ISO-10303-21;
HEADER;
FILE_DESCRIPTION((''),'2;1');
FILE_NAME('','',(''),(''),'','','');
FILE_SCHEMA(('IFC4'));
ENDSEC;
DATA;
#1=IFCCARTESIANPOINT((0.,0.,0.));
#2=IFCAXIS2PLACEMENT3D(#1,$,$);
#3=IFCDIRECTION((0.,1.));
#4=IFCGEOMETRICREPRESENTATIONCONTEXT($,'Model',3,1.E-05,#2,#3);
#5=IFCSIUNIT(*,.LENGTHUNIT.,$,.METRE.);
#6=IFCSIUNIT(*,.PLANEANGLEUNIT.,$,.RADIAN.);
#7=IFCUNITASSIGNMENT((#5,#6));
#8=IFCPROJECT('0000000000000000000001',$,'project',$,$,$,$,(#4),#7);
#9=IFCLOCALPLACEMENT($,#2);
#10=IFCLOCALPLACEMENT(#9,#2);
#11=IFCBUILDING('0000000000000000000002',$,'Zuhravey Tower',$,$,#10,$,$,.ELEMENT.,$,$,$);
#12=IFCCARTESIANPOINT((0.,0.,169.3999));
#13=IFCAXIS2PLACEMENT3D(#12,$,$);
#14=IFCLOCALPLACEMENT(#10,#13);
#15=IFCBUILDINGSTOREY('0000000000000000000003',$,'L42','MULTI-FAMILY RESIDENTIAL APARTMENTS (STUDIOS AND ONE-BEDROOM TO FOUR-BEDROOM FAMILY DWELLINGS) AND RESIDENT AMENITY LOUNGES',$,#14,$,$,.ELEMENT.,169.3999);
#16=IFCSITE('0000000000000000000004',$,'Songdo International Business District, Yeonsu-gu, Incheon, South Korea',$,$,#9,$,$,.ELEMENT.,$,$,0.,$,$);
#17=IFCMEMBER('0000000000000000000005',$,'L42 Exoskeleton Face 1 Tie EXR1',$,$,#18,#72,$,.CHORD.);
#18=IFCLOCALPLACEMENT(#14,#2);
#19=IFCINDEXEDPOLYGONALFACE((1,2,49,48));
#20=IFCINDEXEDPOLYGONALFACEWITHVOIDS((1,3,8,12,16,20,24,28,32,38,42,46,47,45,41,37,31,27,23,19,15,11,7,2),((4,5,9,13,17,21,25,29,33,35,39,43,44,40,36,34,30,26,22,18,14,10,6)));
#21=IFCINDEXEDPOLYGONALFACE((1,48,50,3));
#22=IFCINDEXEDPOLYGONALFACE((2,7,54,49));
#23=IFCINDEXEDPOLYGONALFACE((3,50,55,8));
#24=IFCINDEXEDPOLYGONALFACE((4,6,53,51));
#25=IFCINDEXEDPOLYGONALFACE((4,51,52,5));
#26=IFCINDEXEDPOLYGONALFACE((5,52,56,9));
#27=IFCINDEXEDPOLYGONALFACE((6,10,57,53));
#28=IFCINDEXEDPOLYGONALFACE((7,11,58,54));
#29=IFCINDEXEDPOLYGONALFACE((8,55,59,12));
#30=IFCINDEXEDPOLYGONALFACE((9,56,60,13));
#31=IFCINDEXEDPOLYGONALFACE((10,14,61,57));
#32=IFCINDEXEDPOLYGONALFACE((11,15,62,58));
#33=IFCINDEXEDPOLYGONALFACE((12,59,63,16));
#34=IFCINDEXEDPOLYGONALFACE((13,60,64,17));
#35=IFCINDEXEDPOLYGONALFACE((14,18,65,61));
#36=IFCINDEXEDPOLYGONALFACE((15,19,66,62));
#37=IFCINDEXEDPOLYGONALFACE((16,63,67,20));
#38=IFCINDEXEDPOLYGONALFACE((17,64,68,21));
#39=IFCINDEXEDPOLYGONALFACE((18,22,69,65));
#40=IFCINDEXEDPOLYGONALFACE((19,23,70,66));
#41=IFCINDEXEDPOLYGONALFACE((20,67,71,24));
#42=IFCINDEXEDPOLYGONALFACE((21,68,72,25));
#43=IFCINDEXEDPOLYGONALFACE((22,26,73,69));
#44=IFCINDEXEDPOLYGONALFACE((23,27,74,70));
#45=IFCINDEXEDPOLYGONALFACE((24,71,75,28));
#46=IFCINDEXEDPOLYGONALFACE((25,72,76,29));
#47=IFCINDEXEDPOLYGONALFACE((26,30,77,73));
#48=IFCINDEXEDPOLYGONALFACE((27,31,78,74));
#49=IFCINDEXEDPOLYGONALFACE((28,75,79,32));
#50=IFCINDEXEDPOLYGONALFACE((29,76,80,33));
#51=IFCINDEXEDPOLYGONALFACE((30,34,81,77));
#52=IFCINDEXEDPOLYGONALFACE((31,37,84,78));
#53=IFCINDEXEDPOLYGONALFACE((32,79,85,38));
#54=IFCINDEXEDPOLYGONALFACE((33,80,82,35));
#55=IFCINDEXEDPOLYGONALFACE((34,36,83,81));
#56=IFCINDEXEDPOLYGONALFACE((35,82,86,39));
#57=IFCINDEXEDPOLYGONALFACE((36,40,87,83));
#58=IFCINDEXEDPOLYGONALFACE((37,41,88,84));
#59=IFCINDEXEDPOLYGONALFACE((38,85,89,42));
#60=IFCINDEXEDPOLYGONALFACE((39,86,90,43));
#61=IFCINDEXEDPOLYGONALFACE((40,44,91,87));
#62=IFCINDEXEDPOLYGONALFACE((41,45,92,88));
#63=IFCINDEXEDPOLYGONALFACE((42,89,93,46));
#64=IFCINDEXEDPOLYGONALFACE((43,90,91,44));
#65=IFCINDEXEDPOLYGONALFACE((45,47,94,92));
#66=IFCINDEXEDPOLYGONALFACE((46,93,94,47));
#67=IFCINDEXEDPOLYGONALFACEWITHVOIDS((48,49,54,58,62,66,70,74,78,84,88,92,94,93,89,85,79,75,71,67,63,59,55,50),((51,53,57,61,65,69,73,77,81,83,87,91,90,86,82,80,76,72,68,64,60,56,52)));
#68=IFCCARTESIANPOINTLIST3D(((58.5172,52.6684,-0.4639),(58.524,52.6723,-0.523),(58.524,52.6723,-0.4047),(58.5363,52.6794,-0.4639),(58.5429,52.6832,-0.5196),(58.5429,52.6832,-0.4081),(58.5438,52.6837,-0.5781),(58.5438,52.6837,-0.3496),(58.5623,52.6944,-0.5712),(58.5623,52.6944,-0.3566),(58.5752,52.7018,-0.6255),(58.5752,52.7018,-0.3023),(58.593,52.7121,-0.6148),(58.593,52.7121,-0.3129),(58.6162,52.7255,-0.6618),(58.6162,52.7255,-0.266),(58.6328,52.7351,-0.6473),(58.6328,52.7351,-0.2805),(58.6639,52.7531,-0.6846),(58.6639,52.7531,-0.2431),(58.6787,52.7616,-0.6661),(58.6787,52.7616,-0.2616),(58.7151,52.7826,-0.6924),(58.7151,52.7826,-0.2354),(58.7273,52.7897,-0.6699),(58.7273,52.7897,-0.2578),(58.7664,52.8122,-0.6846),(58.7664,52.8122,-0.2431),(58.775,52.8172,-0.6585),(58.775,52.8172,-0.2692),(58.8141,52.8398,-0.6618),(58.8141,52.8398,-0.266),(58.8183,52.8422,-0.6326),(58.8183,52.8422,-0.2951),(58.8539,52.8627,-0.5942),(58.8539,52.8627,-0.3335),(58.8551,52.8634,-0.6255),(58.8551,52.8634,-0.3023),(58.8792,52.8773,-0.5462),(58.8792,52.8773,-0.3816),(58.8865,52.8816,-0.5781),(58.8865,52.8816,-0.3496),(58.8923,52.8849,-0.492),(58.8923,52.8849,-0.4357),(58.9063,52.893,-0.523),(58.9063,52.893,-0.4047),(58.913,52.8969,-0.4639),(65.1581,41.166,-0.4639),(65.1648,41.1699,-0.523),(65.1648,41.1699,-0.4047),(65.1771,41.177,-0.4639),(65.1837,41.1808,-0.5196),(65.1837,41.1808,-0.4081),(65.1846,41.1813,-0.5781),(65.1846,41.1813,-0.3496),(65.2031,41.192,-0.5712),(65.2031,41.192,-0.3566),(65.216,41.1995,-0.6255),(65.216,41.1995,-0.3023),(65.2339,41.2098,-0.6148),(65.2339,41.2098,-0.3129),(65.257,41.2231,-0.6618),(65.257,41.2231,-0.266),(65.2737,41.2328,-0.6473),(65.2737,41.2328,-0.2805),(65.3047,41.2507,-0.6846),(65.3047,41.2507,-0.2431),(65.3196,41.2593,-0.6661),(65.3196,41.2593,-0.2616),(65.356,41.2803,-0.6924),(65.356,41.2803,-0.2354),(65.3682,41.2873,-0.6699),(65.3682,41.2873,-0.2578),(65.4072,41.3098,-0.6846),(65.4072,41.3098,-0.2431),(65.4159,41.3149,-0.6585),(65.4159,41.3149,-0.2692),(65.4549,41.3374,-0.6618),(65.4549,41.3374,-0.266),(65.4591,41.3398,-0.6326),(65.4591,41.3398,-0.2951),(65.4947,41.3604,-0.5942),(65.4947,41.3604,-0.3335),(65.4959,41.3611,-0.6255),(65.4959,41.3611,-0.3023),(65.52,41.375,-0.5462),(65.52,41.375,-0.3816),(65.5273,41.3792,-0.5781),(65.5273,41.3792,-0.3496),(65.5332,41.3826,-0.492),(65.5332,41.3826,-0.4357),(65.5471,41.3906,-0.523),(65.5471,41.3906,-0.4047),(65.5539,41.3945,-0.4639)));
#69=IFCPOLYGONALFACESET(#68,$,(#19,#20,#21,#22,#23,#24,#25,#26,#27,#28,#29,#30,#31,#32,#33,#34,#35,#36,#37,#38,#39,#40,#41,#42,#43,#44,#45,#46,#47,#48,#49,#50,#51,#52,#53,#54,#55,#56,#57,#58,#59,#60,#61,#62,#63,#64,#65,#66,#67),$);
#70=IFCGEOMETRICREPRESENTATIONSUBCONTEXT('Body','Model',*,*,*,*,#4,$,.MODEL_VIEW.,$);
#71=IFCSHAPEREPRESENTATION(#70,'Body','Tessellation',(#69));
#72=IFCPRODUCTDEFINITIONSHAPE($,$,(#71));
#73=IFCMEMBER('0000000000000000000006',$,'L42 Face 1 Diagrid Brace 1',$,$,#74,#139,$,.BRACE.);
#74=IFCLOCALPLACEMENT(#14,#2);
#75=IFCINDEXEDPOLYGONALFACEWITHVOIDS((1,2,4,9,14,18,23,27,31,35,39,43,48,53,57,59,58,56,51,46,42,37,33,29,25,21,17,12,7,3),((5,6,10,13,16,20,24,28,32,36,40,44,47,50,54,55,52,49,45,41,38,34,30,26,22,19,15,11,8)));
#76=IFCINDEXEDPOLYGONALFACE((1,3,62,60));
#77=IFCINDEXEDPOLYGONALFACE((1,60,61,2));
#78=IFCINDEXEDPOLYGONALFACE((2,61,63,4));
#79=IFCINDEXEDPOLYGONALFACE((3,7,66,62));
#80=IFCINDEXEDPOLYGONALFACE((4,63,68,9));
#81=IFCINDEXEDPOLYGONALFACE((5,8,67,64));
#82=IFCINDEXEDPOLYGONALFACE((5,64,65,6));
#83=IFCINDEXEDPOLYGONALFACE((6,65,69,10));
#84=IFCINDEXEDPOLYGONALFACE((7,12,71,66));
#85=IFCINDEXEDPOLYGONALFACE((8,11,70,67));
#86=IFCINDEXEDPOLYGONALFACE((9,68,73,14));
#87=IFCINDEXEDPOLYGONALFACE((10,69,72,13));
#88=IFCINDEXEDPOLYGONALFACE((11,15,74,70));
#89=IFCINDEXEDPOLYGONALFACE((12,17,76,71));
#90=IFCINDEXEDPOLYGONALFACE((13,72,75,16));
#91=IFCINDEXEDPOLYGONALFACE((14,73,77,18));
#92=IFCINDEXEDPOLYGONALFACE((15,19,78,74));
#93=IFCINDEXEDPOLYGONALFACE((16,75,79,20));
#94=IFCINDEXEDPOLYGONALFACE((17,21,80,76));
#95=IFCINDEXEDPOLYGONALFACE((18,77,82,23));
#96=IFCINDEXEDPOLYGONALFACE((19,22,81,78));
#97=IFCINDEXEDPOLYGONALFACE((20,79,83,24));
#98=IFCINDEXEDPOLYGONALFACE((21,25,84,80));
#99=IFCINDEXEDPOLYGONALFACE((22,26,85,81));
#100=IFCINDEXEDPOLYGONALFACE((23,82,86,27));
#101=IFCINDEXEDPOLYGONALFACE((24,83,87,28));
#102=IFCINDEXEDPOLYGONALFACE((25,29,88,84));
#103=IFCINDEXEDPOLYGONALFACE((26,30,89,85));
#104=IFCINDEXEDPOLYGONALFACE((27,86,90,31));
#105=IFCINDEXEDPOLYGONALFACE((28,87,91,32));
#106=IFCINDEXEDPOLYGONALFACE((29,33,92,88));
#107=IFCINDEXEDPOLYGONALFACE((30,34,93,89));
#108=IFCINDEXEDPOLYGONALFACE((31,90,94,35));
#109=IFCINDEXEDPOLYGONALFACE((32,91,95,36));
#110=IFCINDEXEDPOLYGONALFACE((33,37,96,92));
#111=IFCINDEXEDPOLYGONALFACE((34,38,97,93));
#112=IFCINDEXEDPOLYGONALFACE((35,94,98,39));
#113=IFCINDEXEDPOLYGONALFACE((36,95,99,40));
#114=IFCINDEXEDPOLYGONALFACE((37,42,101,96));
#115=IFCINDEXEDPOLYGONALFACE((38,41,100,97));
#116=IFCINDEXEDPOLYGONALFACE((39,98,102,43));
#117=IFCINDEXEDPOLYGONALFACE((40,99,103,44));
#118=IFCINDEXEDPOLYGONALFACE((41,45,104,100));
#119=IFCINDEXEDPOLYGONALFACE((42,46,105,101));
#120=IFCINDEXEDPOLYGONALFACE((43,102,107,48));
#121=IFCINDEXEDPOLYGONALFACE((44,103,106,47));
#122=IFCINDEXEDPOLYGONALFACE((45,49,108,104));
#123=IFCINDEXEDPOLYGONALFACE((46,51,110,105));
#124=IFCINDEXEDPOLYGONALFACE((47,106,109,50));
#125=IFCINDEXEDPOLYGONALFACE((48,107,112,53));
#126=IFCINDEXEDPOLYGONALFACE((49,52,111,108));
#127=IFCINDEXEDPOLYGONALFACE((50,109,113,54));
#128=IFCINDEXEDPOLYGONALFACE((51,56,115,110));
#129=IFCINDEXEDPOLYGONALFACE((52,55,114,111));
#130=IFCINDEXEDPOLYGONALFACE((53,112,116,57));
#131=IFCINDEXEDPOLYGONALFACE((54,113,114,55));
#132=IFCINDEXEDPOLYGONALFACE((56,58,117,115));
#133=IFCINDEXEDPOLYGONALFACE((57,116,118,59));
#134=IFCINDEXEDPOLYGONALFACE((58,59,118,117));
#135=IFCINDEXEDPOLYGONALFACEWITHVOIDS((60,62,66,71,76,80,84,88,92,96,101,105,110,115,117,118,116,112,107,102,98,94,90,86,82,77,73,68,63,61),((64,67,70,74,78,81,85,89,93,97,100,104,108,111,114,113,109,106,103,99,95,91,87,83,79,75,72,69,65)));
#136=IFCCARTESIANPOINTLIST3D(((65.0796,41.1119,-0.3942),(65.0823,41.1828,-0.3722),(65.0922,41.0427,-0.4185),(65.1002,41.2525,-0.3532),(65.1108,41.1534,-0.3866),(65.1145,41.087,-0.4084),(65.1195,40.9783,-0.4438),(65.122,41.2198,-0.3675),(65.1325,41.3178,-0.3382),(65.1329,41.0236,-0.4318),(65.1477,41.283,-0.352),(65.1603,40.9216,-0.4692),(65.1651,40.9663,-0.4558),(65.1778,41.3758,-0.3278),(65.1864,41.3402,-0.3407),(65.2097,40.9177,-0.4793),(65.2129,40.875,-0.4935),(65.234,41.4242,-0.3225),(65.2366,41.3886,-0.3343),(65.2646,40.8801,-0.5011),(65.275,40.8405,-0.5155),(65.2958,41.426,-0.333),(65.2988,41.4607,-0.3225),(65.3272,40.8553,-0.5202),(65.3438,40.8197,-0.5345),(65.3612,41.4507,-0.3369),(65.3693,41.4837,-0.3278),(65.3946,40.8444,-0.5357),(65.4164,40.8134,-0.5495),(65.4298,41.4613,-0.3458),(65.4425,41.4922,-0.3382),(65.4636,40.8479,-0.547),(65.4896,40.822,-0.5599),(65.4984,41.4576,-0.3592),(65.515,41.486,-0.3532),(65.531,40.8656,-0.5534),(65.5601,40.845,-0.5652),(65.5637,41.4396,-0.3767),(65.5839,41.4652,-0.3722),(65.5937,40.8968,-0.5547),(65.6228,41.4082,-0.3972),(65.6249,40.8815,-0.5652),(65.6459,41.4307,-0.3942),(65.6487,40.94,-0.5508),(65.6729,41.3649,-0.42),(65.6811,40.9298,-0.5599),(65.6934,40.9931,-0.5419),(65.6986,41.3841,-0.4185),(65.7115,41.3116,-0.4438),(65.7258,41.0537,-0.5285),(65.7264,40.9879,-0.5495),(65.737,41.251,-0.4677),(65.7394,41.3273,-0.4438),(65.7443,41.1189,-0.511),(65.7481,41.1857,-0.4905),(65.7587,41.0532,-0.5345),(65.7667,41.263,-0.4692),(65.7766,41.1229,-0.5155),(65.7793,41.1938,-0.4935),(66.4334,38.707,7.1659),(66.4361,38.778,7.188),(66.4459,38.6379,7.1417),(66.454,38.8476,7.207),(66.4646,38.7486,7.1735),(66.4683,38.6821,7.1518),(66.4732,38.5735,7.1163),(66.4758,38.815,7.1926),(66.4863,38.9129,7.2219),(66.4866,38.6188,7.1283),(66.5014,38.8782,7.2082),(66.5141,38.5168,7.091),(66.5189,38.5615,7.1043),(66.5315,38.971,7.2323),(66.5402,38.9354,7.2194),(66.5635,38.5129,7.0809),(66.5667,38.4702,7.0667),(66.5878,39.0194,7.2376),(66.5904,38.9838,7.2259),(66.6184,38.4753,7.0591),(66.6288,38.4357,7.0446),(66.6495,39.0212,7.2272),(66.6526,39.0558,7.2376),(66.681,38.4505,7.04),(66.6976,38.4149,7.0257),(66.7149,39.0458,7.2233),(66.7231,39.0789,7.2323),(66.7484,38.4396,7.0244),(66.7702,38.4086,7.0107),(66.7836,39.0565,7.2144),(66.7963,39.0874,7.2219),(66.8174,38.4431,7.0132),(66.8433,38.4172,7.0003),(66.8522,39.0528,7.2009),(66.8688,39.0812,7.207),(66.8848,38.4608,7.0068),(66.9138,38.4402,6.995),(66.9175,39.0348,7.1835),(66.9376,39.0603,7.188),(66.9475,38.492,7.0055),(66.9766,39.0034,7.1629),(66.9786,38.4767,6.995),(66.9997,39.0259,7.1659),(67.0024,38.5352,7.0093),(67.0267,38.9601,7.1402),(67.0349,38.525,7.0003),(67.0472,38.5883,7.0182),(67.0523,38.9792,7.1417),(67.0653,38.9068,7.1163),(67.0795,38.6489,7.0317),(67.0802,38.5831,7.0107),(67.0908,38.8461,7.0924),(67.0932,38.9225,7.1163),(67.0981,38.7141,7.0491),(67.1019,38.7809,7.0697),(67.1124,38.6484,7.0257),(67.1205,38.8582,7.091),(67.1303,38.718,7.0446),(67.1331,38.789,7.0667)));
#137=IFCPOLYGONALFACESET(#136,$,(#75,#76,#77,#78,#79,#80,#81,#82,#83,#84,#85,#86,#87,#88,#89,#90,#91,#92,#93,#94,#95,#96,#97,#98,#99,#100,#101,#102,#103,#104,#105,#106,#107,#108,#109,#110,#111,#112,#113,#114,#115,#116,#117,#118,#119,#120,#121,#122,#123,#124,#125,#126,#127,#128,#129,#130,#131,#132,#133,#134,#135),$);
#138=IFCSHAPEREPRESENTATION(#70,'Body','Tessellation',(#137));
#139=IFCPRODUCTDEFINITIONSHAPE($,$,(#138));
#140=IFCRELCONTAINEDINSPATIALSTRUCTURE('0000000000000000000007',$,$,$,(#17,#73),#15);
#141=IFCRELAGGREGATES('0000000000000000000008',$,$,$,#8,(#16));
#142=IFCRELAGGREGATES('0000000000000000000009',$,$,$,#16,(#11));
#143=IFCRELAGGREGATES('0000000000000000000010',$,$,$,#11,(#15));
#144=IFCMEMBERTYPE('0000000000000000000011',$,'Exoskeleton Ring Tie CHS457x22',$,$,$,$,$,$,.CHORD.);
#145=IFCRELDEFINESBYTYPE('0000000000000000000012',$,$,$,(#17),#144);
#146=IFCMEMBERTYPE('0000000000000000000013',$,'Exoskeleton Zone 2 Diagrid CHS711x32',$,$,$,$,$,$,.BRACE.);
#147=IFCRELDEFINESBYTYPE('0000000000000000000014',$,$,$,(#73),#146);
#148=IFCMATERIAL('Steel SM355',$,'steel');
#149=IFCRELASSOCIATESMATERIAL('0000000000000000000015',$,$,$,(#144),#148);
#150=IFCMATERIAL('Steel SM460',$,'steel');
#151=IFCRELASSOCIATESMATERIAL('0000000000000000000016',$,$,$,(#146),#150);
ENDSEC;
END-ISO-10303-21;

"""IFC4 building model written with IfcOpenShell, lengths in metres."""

from ifc_helpers import new_model, si_unit, direction, frame, origin, origin_2d, place, context, subcontext, project, spatial, hollow_circle, extrude, material, material_profile, profile_set, type_object, element, save


model = new_model("IFC4")

# Units and contexts
model_context = context("Model", 3, precision=1e-05, world=origin(), true_north=direction((0.0, 1.0)))
body_context = subcontext(model_context, "Body", "Model", "MODEL_VIEW")
ifc_project = project(units=[si_unit("LENGTHUNIT", "METRE"), si_unit("PLANEANGLEUNIT", "RADIAN")], contexts=[model_context])

# Site, building, storey
site_placement = place(None, origin())
site = spatial("IfcSite", under=ifc_project, at=site_placement, Name="Songdo International Business District, Yeonsu-gu, Incheon, South Korea", CompositionType="ELEMENT", RefElevation=0.0)
building_placement = place(site_placement, origin())
building = spatial("IfcBuilding", under=site, at=building_placement, Name="Zuhravey Tower", CompositionType="ELEMENT")
storey_placement = place(building_placement, frame((0.0, 0.0, 169.3999)))
storey = spatial("IfcBuildingStorey", under=building, at=storey_placement, Name="L42", Description="MULTI-FAMILY RESIDENTIAL APARTMENTS (STUDIOS AND ONE-BEDROOM TO FOUR-BEDROOM FAMILY DWELLINGS) AND RESIDENT AMENITY LOUNGES", CompositionType="ELEMENT", Elevation=169.3999)

# Members
ifc_material_1 = material(Name="Steel SM355", Category="steel")
ifc_material_profile_1 = material_profile(ifc_material_1, hollow_circle(Radius=0.2285, WallThickness=0.022, at=origin_2d()), Name="CHS-457.2x22")
ifc_profile_set_1 = profile_set([ifc_material_profile_1], Name="Steel SM355")
member_type_1 = type_object("IfcMemberType", Name="Exoskeleton Ring Tie CHS457x22", PredefinedType="CHORD", material=ifc_profile_set_1)
member_1_placement = place(storey_placement, frame((65.356, 41.2803, -0.4639), z_axis=(-0.499996, 0.866028, 0.0), x_axis=(-0.866028, -0.499996, 0.0)))
element("IfcMember", 1, at=member_1_placement, inside=storey, type_object=member_type_1, Name="L42 Exoskeleton Face 1 Tie EXR1", PredefinedType="CHORD", context=body_context, shape_type="SweptSolid", body=[
    extrude(hollow_circle(Radius=0.2285, WallThickness=0.022, at=origin_2d()), origin(), (0.0, 0.0, 1.0), 13.2817),
])
ifc_material_2 = material(Name="Steel SM460", Category="steel")
ifc_material_profile_2 = material_profile(ifc_material_2, hollow_circle(Radius=0.3557, WallThickness=0.032, at=origin_2d()), Name="CHS-711.2x32")
ifc_profile_set_2 = profile_set([ifc_material_profile_2], Name="Steel SM460")
member_type_2 = type_object("IfcMemberType", Name="Exoskeleton Zone 2 Diagrid CHS711x32", PredefinedType="BRACE", material=ifc_profile_set_2)
member_2_placement = place(storey_placement, frame((65.4294, 41.1528, -0.4438), z_axis=(0.168211, -0.298806, 0.939372), x_axis=(0.87141, 0.490555, 0.0)))
element("IfcMember", 2, at=member_2_placement, inside=storey, type_object=member_type_2, Name="L42 Face 1 Diagrid Brace 1", PredefinedType="BRACE", context=body_context, shape_type="SweptSolid", body=[
    extrude(hollow_circle(Radius=0.3557, WallThickness=0.032, at=origin_2d()), origin(), (0.0, 0.0, 1.0), 8.0481),
])

save(model, "model.ifc")
